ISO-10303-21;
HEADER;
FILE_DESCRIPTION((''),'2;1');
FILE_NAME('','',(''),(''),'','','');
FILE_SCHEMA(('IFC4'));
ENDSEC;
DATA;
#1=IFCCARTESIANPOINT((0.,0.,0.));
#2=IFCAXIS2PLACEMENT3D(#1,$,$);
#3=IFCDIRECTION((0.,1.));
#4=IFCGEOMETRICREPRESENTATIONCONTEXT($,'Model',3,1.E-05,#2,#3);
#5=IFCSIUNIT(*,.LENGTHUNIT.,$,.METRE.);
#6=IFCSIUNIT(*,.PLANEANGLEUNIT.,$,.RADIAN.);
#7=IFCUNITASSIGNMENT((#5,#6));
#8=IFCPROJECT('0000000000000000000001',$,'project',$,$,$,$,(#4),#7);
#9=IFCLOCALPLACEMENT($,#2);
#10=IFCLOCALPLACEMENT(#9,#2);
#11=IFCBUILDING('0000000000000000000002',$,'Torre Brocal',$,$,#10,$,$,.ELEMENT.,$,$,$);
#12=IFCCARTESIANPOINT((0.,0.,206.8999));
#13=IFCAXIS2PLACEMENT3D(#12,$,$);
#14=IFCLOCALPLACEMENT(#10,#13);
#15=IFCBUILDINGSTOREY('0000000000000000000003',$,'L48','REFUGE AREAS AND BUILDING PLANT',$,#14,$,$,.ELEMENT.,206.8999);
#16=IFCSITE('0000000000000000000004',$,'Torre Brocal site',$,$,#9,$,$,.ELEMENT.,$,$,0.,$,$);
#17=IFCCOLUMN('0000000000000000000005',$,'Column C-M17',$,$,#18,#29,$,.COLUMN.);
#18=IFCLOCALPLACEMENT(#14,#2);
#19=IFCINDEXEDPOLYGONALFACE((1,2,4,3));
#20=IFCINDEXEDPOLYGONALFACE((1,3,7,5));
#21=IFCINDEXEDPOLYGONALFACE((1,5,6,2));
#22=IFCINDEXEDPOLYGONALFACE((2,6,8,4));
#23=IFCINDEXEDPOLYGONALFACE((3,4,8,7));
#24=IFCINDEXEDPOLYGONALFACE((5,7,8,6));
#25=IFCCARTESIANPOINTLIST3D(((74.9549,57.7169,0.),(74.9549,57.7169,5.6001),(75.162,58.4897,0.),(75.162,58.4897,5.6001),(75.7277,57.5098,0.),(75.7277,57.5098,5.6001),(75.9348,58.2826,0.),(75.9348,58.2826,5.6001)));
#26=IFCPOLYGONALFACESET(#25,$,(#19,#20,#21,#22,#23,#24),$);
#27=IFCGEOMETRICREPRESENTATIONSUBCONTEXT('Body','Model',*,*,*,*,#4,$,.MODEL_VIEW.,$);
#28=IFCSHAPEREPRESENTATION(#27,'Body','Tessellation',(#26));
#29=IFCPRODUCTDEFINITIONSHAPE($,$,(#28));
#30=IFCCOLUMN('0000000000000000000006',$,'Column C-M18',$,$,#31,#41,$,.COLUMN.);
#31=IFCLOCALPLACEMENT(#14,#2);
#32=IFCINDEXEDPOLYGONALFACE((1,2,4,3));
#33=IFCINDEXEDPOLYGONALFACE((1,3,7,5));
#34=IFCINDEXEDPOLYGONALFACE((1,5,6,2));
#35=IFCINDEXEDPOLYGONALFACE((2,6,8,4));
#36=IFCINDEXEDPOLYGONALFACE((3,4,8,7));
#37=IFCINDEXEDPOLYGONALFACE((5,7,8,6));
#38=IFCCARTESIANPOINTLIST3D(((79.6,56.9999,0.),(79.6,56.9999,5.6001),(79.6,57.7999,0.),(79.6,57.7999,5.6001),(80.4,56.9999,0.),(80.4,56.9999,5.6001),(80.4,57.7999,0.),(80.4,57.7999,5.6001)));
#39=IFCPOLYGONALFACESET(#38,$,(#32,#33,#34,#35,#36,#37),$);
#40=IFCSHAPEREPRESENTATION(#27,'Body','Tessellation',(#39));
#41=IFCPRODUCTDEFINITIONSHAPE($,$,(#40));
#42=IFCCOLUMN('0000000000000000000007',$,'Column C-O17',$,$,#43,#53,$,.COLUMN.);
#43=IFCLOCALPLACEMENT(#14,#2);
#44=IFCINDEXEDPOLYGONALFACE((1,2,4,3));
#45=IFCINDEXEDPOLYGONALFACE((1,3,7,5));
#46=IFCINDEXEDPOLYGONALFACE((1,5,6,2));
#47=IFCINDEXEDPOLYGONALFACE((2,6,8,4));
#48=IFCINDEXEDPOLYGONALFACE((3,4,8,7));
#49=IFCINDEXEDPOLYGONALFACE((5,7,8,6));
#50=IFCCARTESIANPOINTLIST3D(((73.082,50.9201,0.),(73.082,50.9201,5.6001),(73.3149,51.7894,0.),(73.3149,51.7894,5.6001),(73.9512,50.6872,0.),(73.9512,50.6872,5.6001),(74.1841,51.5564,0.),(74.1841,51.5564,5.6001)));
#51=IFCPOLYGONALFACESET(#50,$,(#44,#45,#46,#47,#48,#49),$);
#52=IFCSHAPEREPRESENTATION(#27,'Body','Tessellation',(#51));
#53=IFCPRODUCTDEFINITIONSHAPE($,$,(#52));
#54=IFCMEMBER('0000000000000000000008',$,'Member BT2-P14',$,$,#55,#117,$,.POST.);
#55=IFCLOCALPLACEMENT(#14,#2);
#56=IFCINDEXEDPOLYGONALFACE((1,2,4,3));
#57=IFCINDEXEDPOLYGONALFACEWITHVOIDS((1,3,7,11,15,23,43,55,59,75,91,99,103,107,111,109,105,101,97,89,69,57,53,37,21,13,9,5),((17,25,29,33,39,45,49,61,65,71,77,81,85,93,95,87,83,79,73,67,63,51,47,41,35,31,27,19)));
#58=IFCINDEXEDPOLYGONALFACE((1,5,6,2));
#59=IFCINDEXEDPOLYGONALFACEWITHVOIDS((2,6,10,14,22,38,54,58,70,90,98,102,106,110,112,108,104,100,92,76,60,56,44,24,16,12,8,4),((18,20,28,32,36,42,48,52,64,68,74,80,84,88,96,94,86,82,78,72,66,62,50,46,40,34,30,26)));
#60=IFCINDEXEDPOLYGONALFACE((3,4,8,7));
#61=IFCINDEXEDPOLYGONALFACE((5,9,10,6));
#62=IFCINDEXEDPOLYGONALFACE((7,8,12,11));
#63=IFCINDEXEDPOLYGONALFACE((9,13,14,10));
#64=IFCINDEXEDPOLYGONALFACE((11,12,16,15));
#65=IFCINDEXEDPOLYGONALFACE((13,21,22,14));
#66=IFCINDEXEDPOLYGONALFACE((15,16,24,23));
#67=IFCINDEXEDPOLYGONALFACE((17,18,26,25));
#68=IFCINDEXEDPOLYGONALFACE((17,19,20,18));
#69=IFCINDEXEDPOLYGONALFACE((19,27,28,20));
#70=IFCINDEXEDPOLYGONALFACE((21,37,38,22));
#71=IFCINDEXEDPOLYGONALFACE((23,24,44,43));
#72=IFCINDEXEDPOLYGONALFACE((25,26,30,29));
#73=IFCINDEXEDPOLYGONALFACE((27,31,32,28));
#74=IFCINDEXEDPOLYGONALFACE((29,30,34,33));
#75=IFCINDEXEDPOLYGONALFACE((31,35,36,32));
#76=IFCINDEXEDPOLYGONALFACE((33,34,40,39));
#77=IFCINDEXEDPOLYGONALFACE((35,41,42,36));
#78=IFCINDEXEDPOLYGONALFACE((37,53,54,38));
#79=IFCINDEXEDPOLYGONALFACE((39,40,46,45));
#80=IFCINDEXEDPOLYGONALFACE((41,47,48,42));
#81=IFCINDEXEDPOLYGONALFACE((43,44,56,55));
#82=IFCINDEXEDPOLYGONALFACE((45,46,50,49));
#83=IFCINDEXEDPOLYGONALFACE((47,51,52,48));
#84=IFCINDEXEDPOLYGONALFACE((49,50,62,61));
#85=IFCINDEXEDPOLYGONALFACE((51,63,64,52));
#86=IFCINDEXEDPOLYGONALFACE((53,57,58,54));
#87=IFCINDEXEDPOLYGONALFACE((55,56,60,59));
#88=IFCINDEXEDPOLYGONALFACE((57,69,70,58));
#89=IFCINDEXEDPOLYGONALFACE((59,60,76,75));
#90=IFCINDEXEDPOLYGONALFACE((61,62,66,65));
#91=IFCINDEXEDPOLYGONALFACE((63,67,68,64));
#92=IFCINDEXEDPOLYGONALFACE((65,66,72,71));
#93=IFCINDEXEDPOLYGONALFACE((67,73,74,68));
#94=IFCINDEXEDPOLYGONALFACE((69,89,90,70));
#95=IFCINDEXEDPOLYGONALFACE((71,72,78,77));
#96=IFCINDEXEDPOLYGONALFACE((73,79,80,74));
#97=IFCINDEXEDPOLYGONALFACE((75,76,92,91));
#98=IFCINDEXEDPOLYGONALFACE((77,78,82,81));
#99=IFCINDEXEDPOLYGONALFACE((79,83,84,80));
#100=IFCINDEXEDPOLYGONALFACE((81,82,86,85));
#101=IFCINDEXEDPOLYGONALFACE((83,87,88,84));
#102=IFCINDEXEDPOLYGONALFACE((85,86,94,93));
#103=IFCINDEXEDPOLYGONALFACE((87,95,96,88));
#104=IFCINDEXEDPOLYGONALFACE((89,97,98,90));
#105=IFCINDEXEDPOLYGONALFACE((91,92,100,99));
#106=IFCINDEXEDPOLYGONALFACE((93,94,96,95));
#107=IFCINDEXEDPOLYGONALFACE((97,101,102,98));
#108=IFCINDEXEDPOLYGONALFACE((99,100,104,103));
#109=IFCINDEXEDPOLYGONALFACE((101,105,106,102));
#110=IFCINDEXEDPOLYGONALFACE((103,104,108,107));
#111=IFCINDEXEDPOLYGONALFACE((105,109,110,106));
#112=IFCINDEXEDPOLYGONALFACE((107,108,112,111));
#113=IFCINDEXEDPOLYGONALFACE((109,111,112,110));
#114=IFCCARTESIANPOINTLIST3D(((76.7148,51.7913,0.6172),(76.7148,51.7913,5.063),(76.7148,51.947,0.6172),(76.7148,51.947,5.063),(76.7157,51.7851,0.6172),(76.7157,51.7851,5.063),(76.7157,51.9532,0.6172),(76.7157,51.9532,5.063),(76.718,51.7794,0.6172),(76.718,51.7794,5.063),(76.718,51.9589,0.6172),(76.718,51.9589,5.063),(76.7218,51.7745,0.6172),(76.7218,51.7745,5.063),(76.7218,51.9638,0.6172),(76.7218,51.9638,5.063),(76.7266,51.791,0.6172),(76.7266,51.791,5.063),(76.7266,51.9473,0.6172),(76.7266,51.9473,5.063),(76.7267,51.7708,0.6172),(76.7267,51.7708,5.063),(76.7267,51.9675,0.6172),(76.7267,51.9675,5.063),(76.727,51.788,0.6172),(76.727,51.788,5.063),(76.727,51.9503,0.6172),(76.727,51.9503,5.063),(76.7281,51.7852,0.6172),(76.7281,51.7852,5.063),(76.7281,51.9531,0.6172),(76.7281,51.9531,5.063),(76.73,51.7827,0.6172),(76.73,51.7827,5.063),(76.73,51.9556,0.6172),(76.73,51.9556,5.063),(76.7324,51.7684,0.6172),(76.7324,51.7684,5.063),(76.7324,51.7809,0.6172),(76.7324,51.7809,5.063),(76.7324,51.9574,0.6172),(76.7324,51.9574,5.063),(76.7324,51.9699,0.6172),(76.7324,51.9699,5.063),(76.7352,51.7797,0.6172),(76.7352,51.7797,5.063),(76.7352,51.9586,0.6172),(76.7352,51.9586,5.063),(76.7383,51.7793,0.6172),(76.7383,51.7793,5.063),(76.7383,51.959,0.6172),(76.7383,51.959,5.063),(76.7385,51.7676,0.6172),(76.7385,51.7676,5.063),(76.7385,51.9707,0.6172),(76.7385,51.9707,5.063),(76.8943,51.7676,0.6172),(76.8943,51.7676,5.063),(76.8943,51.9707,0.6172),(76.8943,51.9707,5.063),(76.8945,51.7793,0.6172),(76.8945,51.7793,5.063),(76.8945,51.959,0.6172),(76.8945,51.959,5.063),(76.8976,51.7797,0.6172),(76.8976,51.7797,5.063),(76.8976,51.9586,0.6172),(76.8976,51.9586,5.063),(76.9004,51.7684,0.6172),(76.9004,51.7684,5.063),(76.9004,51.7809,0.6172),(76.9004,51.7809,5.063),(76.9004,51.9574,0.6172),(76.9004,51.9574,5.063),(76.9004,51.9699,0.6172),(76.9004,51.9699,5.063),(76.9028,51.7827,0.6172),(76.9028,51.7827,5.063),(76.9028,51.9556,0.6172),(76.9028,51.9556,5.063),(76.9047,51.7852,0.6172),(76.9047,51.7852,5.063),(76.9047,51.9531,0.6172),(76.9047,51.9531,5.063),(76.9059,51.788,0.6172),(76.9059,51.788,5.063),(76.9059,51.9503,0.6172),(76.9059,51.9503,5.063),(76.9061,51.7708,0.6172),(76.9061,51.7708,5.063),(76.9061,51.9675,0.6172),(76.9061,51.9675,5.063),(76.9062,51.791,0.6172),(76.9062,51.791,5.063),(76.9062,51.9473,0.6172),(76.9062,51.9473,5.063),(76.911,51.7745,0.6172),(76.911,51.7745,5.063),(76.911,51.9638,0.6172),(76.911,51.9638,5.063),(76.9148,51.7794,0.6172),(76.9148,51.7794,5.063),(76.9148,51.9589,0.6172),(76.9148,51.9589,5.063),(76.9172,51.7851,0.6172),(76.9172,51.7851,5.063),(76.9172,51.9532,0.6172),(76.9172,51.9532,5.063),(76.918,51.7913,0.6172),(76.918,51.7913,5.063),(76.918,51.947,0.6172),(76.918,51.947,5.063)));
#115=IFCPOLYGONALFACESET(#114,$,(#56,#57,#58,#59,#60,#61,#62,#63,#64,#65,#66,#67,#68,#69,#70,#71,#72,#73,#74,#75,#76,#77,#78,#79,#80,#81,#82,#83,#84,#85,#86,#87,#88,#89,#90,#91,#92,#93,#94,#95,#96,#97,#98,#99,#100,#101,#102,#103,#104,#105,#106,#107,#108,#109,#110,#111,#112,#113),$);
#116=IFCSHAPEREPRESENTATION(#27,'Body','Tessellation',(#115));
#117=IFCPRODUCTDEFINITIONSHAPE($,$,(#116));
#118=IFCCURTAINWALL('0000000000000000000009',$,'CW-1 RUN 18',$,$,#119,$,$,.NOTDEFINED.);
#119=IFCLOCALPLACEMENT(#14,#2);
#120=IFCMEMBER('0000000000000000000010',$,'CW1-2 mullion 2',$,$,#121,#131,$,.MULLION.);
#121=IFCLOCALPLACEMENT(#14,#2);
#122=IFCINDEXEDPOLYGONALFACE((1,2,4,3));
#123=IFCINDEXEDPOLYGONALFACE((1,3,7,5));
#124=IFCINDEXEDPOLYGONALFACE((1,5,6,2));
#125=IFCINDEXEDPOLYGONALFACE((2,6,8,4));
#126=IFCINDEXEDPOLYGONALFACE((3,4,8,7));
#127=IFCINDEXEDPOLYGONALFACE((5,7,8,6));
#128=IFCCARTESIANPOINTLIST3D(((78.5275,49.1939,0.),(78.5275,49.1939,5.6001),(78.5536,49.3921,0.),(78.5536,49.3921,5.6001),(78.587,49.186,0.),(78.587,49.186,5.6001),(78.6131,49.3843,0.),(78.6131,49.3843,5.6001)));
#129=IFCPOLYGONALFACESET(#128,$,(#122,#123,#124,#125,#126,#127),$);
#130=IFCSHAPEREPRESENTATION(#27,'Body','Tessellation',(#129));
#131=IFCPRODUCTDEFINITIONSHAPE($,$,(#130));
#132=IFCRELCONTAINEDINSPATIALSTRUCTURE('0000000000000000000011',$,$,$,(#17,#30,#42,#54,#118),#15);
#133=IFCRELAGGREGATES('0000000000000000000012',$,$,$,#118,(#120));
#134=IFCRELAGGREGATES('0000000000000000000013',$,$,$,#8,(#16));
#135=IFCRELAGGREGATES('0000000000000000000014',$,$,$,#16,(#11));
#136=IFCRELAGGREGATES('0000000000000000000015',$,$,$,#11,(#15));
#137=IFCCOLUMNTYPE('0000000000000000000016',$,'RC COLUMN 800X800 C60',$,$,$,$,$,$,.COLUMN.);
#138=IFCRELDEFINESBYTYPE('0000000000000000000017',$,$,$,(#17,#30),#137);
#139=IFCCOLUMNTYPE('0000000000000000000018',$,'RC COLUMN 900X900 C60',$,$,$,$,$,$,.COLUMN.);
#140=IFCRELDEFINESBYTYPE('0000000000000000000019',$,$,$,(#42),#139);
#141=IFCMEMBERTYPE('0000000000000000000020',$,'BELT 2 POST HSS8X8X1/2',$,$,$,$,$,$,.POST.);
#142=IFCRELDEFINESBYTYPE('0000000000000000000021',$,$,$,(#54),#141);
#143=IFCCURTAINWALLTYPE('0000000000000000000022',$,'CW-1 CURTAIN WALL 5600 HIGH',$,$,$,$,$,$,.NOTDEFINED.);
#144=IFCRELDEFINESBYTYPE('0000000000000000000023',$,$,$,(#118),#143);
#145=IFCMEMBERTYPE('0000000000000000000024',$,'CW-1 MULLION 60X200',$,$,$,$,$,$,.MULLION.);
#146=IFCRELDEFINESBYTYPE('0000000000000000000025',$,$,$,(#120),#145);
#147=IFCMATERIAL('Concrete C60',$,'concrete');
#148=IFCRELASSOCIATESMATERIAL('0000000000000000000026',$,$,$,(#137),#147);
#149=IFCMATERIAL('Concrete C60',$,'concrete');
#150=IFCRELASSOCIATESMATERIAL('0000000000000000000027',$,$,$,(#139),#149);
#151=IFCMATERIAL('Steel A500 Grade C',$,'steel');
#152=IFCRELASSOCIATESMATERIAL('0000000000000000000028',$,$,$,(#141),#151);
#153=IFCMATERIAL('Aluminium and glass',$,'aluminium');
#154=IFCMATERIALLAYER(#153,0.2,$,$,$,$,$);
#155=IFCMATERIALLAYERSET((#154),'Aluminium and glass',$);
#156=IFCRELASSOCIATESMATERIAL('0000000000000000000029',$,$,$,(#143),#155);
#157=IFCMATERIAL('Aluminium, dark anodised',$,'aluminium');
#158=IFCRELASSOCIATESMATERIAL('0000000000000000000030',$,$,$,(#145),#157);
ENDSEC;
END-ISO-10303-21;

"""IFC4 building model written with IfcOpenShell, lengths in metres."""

from ifc_helpers import new_model, si_unit, direction, frame, origin, origin_2d, place, context, subcontext, project, spatial, rectangle, hollow_rectangle, extrude, material, layer, layer_set, material_profile, profile_set, type_object, element, aggregate, save


model = new_model("IFC4")

# Units and contexts
model_context = context("Model", 3, precision=1e-05, world=origin(), true_north=direction((0.0, 1.0)))
body_context = subcontext(model_context, "Body", "Model", "MODEL_VIEW")
ifc_project = project(units=[si_unit("LENGTHUNIT", "METRE"), si_unit("PLANEANGLEUNIT", "RADIAN")], contexts=[model_context])

# Site, building, storey
site_placement = place(None, origin())
site = spatial("IfcSite", under=ifc_project, at=site_placement, Name="Torre Brocal site", CompositionType="ELEMENT", RefElevation=0.0)
building_placement = place(site_placement, origin())
building = spatial("IfcBuilding", under=site, at=building_placement, Name="Torre Brocal", CompositionType="ELEMENT")
storey_placement = place(building_placement, frame((0.0, 0.0, 206.8999)))
storey = spatial("IfcBuildingStorey", under=building, at=storey_placement, Name="L48", Description="REFUGE AREAS AND BUILDING PLANT", CompositionType="ELEMENT", Elevation=206.8999)

# Columns
ifc_material_1 = material(Name="Concrete C60", Category="concrete")
ifc_material_profile_1 = material_profile(ifc_material_1, rectangle(XDim=0.8, YDim=0.8, at=origin_2d()), Name="RC 800X800")
ifc_profile_set_1 = profile_set([ifc_material_profile_1], Name="Concrete C60")
column_type_1 = type_object("IfcColumnType", Name="RC COLUMN 800X800 C60", PredefinedType="COLUMN", material=ifc_profile_set_1)
for number, where, z_axis, x_axis, name in (
    (1, (75.4448, 57.9998, 0.0), (0.0, 0.0, 1.0), (-0.258819, -0.965926, 0.0), "Column C-M17"),
    (2, (80.0, 57.3999, 0.0), (0.0, 0.0, 1.0), (0.0, -1.0, 0.0), "Column C-M18"),
):
    element("IfcColumn", number, at=place(storey_placement, frame(where, z_axis=z_axis, x_axis=x_axis)), inside=storey, type_object=column_type_1, Name=name, PredefinedType="COLUMN", context=body_context, shape_type="SweptSolid", body=[
        extrude(rectangle(XDim=0.8, YDim=0.8, at=origin_2d()), origin(), (0.0, 0.0, 1.0), 5.6001),
    ])
ifc_material_2 = material(Name="Concrete C60", Category="concrete")
ifc_material_profile_2 = material_profile(ifc_material_2, rectangle(XDim=0.8999, YDim=0.8999, at=origin_2d()), Name="RC 900X900")
ifc_profile_set_2 = profile_set([ifc_material_profile_2], Name="Concrete C60")
column_type_2 = type_object("IfcColumnType", Name="RC COLUMN 900X900 C60", PredefinedType="COLUMN", material=ifc_profile_set_2)
column_placement = place(storey_placement, frame((73.6331, 51.2383, 0.0), z_axis=(0.0, 0.0, 1.0), x_axis=(-0.258819, -0.965926, 0.0)))
element("IfcColumn", 3, at=column_placement, inside=storey, type_object=column_type_2, Name="Column C-O17", PredefinedType="COLUMN", context=body_context, shape_type="SweptSolid", body=[
    extrude(rectangle(XDim=0.8999, YDim=0.8999, at=origin_2d()), origin(), (0.0, 0.0, 1.0), 5.6001),
])

# Member
ifc_material_3 = material(Name="Steel A500 Grade C", Category="steel")
ifc_material_profile_3 = material_profile(ifc_material_3, hollow_rectangle(XDim=0.2031, YDim=0.2031, WallThickness=0.0117, InnerFilletRadius=0.0117, OuterFilletRadius=0.0237, at=origin_2d()), Name="HSS8X8X1/2")
ifc_profile_set_3 = profile_set([ifc_material_profile_3], Name="Steel A500 Grade C")
member_type_1 = type_object("IfcMemberType", Name="BELT 2 POST HSS8X8X1/2", PredefinedType="POST", material=ifc_profile_set_3)
member_1_placement = place(storey_placement, frame((76.8164, 51.8691, 0.6172), z_axis=(0.0, 0.0, 1.0), x_axis=(1.0, 0.0, 0.0)))
element("IfcMember", 4, at=member_1_placement, inside=storey, type_object=member_type_1, Name="Member BT2-P14", PredefinedType="POST", context=body_context, shape_type="SweptSolid", body=[
    extrude(hollow_rectangle(XDim=0.2031, YDim=0.2031, WallThickness=0.0117, InnerFilletRadius=0.0117, OuterFilletRadius=0.0237, at=origin_2d()), origin(), (0.0, 0.0, 1.0), 4.4458),
])

# Curtain wall, member
ifc_material_4 = material(Name="Aluminium and glass", Category="aluminium")
ifc_layer_1 = layer(ifc_material_4, 0.2)
ifc_layer_set_1 = layer_set([ifc_layer_1], Name="Aluminium and glass")
curtain_wall_type = type_object("IfcCurtainWallType", Name="CW-1 CURTAIN WALL 5600 HIGH", PredefinedType="NOTDEFINED", material=ifc_layer_set_1)
curtain_wall_placement = place(storey_placement, origin())
curtain_wall = element("IfcCurtainWall", 5, at=curtain_wall_placement, inside=storey, type_object=curtain_wall_type, Name="CW-1 RUN 18", PredefinedType="NOTDEFINED")
ifc_material_5 = material(Name="Aluminium, dark anodised", Category="aluminium")
ifc_material_profile_4 = material_profile(ifc_material_5, rectangle(XDim=0.2, YDim=0.0601, at=origin_2d()), Name="CW-1 MULLION 60X200")
ifc_profile_set_4 = profile_set([ifc_material_profile_4], Name="Aluminium, dark anodised")
member_type_2 = type_object("IfcMemberType", Name="CW-1 MULLION 60X200", PredefinedType="MULLION", material=ifc_profile_set_4)
member_2_placement = place(storey_placement, frame((78.5703, 49.2891, 0.0), z_axis=(0.0, 0.0, 1.0), x_axis=(0.130526, 0.991445, 0.0)))
member_2 = element("IfcMember", 6, at=member_2_placement, type_object=member_type_2, Name="CW1-2 mullion 2", PredefinedType="MULLION", context=body_context, shape_type="SweptSolid", body=[
    extrude(rectangle(XDim=0.2, YDim=0.0601, at=origin_2d()), origin(), (0.0, 0.0, 1.0), 5.6001),
])

aggregate(curtain_wall, [member_2])

save(model, "model.ifc")
